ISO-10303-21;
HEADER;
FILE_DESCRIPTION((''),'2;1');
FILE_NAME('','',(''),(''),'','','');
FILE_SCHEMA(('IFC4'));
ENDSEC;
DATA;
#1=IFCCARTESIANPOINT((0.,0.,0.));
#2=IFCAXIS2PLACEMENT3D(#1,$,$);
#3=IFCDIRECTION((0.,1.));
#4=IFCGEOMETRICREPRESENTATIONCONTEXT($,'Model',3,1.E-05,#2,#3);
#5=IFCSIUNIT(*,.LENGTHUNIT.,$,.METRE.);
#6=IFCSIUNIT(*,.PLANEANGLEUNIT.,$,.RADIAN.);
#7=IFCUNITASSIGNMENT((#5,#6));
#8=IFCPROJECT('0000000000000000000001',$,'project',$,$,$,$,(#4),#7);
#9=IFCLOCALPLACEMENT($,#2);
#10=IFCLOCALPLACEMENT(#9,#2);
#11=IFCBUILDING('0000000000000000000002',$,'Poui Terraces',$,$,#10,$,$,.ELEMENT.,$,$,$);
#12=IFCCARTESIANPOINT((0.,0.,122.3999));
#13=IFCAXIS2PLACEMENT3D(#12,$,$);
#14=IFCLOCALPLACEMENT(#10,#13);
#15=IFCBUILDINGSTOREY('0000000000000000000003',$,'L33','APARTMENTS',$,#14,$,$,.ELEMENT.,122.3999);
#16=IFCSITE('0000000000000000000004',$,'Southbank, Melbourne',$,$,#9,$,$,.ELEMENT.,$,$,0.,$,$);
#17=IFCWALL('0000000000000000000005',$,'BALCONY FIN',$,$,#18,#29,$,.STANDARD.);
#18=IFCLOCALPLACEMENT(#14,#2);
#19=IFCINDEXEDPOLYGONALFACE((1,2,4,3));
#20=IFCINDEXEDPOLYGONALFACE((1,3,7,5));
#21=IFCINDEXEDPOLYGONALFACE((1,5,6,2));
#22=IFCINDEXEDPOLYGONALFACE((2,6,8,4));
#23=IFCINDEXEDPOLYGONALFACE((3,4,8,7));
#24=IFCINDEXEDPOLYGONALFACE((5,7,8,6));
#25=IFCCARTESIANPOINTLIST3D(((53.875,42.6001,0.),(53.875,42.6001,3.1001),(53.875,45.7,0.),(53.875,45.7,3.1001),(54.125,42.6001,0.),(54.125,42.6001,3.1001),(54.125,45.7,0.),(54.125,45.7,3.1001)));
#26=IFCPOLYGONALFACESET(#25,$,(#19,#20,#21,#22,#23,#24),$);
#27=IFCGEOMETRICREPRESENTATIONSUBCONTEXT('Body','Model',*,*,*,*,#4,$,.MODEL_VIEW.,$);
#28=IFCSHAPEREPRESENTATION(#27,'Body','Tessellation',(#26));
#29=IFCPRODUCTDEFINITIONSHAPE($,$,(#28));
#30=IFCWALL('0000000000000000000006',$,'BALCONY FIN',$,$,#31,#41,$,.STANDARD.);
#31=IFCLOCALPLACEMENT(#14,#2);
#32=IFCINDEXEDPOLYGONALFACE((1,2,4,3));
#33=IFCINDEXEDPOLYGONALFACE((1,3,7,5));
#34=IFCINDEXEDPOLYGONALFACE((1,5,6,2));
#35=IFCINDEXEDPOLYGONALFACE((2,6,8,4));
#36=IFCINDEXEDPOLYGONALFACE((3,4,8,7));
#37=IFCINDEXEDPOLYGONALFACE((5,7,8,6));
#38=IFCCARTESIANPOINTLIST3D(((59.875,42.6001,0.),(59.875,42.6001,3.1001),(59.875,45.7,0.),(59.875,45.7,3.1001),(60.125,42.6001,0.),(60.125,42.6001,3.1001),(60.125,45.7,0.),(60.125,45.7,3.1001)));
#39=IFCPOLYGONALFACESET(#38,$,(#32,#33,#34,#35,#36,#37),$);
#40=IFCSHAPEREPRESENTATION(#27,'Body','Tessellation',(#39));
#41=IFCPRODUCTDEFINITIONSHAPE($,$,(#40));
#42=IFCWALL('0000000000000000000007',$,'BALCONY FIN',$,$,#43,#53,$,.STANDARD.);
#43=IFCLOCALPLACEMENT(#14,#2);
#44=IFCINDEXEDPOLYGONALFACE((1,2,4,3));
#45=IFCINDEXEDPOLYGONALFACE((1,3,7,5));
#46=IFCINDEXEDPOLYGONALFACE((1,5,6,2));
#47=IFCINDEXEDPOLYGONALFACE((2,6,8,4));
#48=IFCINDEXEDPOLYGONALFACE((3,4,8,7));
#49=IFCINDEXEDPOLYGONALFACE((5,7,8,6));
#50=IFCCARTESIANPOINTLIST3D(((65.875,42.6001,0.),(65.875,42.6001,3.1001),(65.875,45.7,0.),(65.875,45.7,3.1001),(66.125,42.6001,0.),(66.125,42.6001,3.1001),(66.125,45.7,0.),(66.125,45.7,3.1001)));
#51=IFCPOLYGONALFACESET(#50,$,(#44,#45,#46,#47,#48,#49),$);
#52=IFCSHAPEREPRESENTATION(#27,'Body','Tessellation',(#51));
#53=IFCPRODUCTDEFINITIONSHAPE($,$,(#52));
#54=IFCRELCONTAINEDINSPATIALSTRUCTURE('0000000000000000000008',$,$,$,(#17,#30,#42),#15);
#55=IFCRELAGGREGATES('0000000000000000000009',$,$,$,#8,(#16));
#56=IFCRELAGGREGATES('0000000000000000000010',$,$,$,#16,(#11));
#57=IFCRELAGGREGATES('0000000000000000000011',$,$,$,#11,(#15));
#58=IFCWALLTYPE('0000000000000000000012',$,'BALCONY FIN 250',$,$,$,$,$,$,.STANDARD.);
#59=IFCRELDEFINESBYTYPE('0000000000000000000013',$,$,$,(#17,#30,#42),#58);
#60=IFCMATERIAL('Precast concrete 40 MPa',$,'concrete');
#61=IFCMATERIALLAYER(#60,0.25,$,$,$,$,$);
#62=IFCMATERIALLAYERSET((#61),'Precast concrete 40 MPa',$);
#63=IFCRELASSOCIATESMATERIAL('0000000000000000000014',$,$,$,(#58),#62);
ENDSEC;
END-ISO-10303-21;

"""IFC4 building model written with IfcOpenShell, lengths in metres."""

from ifc_helpers import new_model, si_unit, direction, frame, origin, place, context, subcontext, project, spatial, polyline, outline, extrude, source, transform, mapped, material, layer, layer_set, type_object, element, save


model = new_model("IFC4")

# Units and contexts
model_context = context("Model", 3, precision=1e-05, world=origin(), true_north=direction((0.0, 1.0)))
body_context = subcontext(model_context, "Body", "Model", "MODEL_VIEW")
ifc_project = project(units=[si_unit("LENGTHUNIT", "METRE"), si_unit("PLANEANGLEUNIT", "RADIAN")], contexts=[model_context])

# Site, building, storey
site_placement = place(None, origin())
site = spatial("IfcSite", under=ifc_project, at=site_placement, Name="Southbank, Melbourne", CompositionType="ELEMENT", RefElevation=0.0)
building_placement = place(site_placement, origin())
building = spatial("IfcBuilding", under=site, at=building_placement, Name="Poui Terraces", CompositionType="ELEMENT")
storey_placement = place(building_placement, frame((0.0, 0.0, 122.3999)))
storey = spatial("IfcBuildingStorey", under=building, at=storey_placement, Name="L33", Description="APARTMENTS", CompositionType="ELEMENT", Elevation=122.3999)

# Walls
ifc_material_1 = material(Name="Precast concrete 40 MPa", Category="concrete")
ifc_layer_1 = layer(ifc_material_1, 0.25)
ifc_layer_set_1 = layer_set([ifc_layer_1], Name="Precast concrete 40 MPa")
wall_type_1 = type_object("IfcWallType", Name="BALCONY FIN 250", PredefinedType="STANDARD", material=ifc_layer_set_1)
shared_shape_1 = source(origin(), body_context, "Body", "SweptSolid", [
    extrude(outline(polyline([(0.0, 0.0), (0.25, 0.0), (0.25, 3.0999), (0.0, 3.0999), (0.0, 0.0)])), origin(), (0.0, 0.0, 1.0), 3.1001),
])
for number, where, name in (
    (1, (53.875, 42.6001, 0.0), "BALCONY FIN"),
    (2, (59.875, 42.6001, 0.0), "BALCONY FIN"),
    (3, (65.875, 42.6001, 0.0), "BALCONY FIN"),
):
    element("IfcWall", number, at=place(storey_placement, frame(where)), inside=storey, type_object=wall_type_1, Name=name, PredefinedType="STANDARD", context=body_context, shape_type="MappedRepresentation", body=[
        mapped(shared_shape_1, transform((0.0, 0.0, 0.0))),
    ])

save(model, "model.ifc")
